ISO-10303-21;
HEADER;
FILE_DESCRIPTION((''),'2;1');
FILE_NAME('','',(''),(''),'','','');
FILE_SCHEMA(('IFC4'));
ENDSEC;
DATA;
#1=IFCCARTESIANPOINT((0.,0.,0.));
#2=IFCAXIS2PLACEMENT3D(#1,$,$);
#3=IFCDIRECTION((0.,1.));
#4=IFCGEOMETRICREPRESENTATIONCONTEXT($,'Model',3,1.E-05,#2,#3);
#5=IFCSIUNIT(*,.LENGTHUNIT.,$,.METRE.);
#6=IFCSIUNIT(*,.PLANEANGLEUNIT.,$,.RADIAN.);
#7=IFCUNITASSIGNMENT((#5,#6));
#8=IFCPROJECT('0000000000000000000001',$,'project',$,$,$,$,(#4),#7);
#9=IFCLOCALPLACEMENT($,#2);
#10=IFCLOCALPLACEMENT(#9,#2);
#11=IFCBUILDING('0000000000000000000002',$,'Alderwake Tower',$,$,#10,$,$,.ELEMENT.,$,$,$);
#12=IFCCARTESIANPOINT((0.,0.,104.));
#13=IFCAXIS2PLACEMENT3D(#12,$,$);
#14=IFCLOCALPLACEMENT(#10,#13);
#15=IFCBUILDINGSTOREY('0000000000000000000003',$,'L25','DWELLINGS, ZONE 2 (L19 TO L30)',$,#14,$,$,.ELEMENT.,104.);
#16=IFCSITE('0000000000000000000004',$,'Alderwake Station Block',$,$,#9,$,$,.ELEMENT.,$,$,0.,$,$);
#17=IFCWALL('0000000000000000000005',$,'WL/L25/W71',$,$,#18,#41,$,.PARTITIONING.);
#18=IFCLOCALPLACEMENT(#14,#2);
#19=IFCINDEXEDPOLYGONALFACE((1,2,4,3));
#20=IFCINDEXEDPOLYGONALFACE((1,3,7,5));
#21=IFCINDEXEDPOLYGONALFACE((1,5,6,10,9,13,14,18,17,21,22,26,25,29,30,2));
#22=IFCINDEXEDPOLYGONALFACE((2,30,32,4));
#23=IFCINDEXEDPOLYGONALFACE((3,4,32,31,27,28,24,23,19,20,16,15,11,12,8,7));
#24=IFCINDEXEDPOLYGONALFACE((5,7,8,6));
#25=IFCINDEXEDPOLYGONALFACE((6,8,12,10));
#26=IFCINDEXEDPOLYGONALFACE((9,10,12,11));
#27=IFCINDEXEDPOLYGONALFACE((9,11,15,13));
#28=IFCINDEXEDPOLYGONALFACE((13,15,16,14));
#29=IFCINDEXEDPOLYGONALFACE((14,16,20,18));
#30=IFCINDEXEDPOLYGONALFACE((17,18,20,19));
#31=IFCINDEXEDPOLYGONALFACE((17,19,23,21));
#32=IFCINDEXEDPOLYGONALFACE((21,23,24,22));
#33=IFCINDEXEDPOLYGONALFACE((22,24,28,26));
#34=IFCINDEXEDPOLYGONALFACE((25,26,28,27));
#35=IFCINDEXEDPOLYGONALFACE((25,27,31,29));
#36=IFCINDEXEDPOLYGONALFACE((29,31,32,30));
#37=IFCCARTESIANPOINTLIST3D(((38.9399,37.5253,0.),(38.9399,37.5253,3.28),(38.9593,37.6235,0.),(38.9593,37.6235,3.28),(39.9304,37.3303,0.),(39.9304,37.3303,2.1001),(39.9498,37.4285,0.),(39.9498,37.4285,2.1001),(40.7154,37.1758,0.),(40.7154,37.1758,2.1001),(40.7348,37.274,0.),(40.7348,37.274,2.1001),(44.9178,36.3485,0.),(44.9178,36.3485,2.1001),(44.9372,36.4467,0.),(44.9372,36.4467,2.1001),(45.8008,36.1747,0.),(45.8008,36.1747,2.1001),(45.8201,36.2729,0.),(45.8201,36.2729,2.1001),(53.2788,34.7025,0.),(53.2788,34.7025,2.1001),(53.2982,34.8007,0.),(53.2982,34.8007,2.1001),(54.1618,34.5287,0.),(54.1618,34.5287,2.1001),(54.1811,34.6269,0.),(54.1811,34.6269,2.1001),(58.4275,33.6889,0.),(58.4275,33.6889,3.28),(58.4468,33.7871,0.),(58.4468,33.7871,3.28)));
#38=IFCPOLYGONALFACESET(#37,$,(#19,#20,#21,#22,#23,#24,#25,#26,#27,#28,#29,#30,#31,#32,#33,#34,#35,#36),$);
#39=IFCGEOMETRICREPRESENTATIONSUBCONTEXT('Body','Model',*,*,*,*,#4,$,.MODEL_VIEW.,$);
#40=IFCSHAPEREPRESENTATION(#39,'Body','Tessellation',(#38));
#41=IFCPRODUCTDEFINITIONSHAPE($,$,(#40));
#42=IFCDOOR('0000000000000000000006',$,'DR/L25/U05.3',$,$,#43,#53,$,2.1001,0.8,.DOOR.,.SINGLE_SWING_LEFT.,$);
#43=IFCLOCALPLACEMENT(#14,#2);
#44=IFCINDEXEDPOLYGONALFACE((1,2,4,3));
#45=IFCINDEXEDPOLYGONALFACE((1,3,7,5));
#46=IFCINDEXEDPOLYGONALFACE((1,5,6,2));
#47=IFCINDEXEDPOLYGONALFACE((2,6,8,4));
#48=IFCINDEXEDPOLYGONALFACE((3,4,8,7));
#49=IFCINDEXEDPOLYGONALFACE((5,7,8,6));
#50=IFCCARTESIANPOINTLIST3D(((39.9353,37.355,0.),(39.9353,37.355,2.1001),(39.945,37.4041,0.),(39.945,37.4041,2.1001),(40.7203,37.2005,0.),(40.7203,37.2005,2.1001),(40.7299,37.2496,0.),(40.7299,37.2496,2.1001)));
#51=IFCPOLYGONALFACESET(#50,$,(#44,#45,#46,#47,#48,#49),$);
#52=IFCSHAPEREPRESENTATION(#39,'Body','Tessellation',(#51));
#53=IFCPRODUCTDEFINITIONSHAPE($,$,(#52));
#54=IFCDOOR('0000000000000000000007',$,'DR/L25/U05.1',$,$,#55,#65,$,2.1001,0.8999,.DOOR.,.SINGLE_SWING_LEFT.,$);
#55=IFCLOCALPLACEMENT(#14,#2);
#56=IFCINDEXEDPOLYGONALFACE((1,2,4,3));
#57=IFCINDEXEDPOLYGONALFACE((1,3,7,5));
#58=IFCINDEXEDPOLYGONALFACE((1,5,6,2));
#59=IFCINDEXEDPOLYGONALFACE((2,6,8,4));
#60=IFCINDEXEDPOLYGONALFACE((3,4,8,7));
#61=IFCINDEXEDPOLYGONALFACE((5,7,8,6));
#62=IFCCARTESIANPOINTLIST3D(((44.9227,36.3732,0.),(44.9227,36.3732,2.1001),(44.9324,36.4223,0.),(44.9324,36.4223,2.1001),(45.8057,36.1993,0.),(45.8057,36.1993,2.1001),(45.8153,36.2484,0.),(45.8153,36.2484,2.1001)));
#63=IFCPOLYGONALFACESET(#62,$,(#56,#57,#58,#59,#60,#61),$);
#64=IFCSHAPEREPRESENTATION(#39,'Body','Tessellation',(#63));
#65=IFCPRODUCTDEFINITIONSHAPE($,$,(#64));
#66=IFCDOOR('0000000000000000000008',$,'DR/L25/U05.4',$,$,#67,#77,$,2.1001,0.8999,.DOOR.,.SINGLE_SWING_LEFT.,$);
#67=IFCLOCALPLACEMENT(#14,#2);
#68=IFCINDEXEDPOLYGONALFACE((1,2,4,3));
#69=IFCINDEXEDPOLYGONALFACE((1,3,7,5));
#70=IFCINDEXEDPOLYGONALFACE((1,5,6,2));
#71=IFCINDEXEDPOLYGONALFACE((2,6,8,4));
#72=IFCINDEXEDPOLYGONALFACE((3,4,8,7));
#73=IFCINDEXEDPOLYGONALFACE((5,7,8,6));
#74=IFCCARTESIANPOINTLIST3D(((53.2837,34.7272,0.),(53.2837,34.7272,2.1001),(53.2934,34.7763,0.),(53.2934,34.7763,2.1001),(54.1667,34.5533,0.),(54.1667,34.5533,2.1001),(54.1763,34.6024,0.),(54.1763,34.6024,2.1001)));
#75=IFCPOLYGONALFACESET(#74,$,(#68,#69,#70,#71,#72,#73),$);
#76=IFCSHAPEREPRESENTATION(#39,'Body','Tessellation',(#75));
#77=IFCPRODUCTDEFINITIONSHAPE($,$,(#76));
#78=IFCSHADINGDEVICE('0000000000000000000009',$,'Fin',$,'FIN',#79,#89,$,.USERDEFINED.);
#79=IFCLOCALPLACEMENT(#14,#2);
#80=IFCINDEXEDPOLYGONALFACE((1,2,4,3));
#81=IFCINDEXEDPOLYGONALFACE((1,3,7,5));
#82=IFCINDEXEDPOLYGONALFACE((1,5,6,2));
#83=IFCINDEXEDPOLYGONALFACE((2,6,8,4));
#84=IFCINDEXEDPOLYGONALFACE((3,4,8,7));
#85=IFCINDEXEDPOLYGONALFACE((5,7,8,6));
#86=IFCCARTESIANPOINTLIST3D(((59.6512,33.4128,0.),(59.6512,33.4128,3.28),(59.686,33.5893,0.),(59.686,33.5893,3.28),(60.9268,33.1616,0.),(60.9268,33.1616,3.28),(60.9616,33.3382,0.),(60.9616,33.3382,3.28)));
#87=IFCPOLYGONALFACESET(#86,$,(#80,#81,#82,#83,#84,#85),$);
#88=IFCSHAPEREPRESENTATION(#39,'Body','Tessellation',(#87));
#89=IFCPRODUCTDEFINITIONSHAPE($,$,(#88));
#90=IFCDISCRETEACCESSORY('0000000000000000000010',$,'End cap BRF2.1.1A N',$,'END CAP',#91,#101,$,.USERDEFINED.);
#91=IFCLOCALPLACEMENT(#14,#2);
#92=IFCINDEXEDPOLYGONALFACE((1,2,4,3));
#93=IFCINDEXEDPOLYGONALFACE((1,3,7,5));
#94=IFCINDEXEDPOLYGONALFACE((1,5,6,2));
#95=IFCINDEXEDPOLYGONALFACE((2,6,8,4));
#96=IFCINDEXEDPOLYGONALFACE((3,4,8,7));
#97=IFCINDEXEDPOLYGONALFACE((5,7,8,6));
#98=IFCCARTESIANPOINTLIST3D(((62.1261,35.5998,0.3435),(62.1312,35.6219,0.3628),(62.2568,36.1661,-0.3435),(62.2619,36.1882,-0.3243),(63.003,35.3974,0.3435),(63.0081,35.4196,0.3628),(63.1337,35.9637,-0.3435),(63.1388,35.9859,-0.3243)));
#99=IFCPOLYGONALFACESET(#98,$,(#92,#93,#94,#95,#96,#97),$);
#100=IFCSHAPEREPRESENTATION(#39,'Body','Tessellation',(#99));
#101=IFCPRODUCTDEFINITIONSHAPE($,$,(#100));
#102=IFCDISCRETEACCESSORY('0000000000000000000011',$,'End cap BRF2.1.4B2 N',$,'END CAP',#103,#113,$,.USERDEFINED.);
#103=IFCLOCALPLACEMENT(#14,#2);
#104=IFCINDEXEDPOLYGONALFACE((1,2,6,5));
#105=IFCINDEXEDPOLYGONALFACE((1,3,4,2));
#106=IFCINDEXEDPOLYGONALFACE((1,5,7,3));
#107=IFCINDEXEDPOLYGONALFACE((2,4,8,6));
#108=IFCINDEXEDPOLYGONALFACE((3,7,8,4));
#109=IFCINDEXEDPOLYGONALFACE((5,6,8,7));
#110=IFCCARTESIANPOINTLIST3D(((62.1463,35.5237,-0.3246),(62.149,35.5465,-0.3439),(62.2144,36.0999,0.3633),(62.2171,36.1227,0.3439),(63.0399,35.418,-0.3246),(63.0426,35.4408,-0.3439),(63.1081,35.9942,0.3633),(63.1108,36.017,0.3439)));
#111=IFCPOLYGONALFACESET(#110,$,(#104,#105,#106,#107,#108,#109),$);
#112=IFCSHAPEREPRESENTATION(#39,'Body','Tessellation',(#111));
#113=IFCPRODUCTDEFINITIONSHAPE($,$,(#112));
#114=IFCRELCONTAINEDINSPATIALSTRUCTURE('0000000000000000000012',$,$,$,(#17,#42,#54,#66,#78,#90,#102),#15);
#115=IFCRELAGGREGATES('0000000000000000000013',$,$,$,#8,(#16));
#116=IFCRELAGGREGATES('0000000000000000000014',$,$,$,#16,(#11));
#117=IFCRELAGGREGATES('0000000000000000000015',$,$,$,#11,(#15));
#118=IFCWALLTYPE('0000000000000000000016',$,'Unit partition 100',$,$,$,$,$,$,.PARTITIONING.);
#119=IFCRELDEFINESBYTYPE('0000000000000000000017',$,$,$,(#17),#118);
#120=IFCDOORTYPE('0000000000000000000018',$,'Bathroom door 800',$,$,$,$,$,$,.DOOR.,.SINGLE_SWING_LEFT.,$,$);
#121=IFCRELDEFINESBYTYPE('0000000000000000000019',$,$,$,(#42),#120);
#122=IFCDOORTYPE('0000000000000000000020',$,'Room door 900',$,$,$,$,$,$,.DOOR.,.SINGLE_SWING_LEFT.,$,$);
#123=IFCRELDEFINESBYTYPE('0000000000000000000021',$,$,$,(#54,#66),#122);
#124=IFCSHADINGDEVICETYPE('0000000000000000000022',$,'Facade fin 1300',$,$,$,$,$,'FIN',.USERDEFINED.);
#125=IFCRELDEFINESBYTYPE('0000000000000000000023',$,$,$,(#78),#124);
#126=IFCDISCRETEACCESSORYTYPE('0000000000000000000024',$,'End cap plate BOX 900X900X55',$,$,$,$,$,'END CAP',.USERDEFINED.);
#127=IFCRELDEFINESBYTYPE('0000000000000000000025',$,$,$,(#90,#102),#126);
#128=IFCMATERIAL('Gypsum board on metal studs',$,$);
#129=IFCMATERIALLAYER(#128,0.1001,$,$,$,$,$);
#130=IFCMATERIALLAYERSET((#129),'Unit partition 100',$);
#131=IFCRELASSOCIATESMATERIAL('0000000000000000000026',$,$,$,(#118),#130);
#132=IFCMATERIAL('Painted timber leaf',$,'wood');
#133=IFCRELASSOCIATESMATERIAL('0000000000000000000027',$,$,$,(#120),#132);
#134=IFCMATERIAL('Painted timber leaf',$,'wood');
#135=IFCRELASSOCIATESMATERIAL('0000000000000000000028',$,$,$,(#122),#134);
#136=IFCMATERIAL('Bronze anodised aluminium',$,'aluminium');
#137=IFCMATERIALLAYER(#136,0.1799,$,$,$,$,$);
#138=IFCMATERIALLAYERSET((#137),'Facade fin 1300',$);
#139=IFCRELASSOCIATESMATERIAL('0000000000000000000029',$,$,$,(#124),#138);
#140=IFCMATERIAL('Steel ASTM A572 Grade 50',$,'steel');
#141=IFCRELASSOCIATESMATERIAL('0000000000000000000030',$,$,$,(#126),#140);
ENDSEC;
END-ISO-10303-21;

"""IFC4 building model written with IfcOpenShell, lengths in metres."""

from ifc_helpers import new_model, si_unit, direction, frame, frame_2d, origin, origin_2d, place, context, subcontext, project, spatial, rectangle, extrude, material, layer, layer_set, material_profile, profile_set, type_object, element, fill, save


model = new_model("IFC4")

# Units and contexts
model_context = context("Model", 3, precision=1e-05, world=origin(), true_north=direction((0.0, 1.0)))
body_context = subcontext(model_context, "Body", "Model", "MODEL_VIEW")
ifc_project = project(units=[si_unit("LENGTHUNIT", "METRE"), si_unit("PLANEANGLEUNIT", "RADIAN")], contexts=[model_context])

# Site, building, storey
site_placement = place(None, origin())
site = spatial("IfcSite", under=ifc_project, at=site_placement, Name="Alderwake Station Block", CompositionType="ELEMENT", RefElevation=0.0)
building_placement = place(site_placement, origin())
building = spatial("IfcBuilding", under=site, at=building_placement, Name="Alderwake Tower", CompositionType="ELEMENT")
storey_placement = place(building_placement, frame((0.0, 0.0, 104.0)))
storey = spatial("IfcBuildingStorey", under=building, at=storey_placement, Name="L25", Description="DWELLINGS, ZONE 2 (L19 TO L30)", CompositionType="ELEMENT", Elevation=104.0)

# Wall, openings, doors
ifc_material_1 = material(Name="Gypsum board on metal studs")
ifc_layer_1 = layer(ifc_material_1, 0.1001)
ifc_layer_set_1 = layer_set([ifc_layer_1], Name="Unit partition 100")
wall_type_1 = type_object("IfcWallType", Name="Unit partition 100", PredefinedType="PARTITIONING", material=ifc_layer_set_1)
wall_1_placement = place(storey_placement, frame((58.437, 33.738, 0.0), z_axis=(0.0, 0.0, 1.0), x_axis=(-0.981168, 0.193158, 0.0)))
wall_1 = element("IfcWall", 1, at=wall_1_placement, inside=storey, type_object=wall_type_1, Name="WL/L25/W71", PredefinedType="PARTITIONING", context=body_context, shape_type="SweptSolid", body=[
    extrude(rectangle(XDim=19.8616, YDim=0.1001, at=frame_2d((9.9307, 0.0))), origin(), (0.0, 0.0, 1.0), 3.28),
])
opening_1_placement = place(wall_1_placement, frame((12.8689, 0.0, 0.0)))
opening_1 = element("IfcOpeningElement", 2, at=opening_1_placement, cuts=wall_1, PredefinedType="OPENING", context=body_context, shape_type="SweptSolid", body=[
    extrude(rectangle(XDim=0.8999, YDim=2.1001, at=frame_2d((0.45, 1.05))), frame((0.0, 0.0601, 0.0), z_axis=(0.0, -1.0, 0.0), x_axis=(1.0, 0.0, 0.0)), (0.0, 0.0, 1.0), 0.1201),
])
opening_2_placement = place(wall_1_placement, frame((18.052, 0.0, 0.0)))
opening_2 = element("IfcOpeningElement", 3, at=opening_2_placement, cuts=wall_1, PredefinedType="OPENING", context=body_context, shape_type="SweptSolid", body=[
    extrude(rectangle(XDim=0.8, YDim=2.1001, at=frame_2d((0.3999, 1.05))), frame((0.0, 0.0601, 0.0), z_axis=(0.0, -1.0, 0.0), x_axis=(1.0, 0.0, 0.0)), (0.0, 0.0, 1.0), 0.1201),
])
opening_3_placement = place(wall_1_placement, frame((4.3474, 0.0, 0.0)))
opening_3 = element("IfcOpeningElement", 4, at=opening_3_placement, cuts=wall_1, PredefinedType="OPENING", context=body_context, shape_type="SweptSolid", body=[
    extrude(rectangle(XDim=0.8999, YDim=2.1001, at=frame_2d((0.45, 1.05))), frame((0.0, 0.0601, 0.0), z_axis=(0.0, -1.0, 0.0), x_axis=(1.0, 0.0, 0.0)), (0.0, 0.0, 1.0), 0.1201),
])
ifc_material_2 = material(Name="Painted timber leaf", Category="wood")
door_type_1 = type_object("IfcDoorType", Name="Bathroom door 800", OperationType="SINGLE_SWING_LEFT", PredefinedType="DOOR", material=ifc_material_2)
door_1_placement = place(opening_2_placement, origin())
door_1 = element("IfcDoor", 5, at=door_1_placement, inside=storey, type_object=door_type_1, Name="DR/L25/U05.3", OperationType="SINGLE_SWING_LEFT", OverallHeight=2.1001, OverallWidth=0.8, PredefinedType="DOOR", context=body_context, shape_type="SweptSolid", body=[
    extrude(rectangle(XDim=0.8, YDim=2.1001, at=frame_2d((0.3999, 1.05))), frame((0.0, 0.0249, 0.0), z_axis=(0.0, -1.0, 0.0), x_axis=(1.0, 0.0, 0.0)), (0.0, 0.0, 1.0), 0.05),
])
fill(opening_2, door_1)
ifc_material_3 = material(Name="Painted timber leaf", Category="wood")
door_type_2 = type_object("IfcDoorType", Name="Room door 900", OperationType="SINGLE_SWING_LEFT", PredefinedType="DOOR", material=ifc_material_3)
door_2_placement = place(opening_1_placement, origin())
door_2 = element("IfcDoor", 6, at=door_2_placement, inside=storey, type_object=door_type_2, Name="DR/L25/U05.1", OperationType="SINGLE_SWING_LEFT", OverallHeight=2.1001, OverallWidth=0.8999, PredefinedType="DOOR", context=body_context, shape_type="SweptSolid", body=[
    extrude(rectangle(XDim=0.8999, YDim=2.1001, at=frame_2d((0.45, 1.05))), frame((0.0, 0.0249, 0.0), z_axis=(0.0, -1.0, 0.0), x_axis=(1.0, 0.0, 0.0)), (0.0, 0.0, 1.0), 0.05),
])
fill(opening_1, door_2)
door_3_placement = place(opening_3_placement, origin())
door_3 = element("IfcDoor", 7, at=door_3_placement, inside=storey, type_object=door_type_2, Name="DR/L25/U05.4", OperationType="SINGLE_SWING_LEFT", OverallHeight=2.1001, OverallWidth=0.8999, PredefinedType="DOOR", context=body_context, shape_type="SweptSolid", body=[
    extrude(rectangle(XDim=0.8999, YDim=2.1001, at=frame_2d((0.45, 1.05))), frame((0.0, 0.0249, 0.0), z_axis=(0.0, -1.0, 0.0), x_axis=(1.0, 0.0, 0.0)), (0.0, 0.0, 1.0), 0.05),
])
fill(opening_3, door_3)

# Shading device
ifc_material_4 = material(Name="Bronze anodised aluminium", Category="aluminium")
ifc_layer_2 = layer(ifc_material_4, 0.1799)
ifc_layer_set_2 = layer_set([ifc_layer_2], Name="Facade fin 1300")
shading_device_type = type_object("IfcShadingDeviceType", Name="Facade fin 1300", ElementType="FIN", PredefinedType="USERDEFINED", material=ifc_layer_set_2)
shading_device_placement = place(storey_placement, frame((60.3064, 33.3755, 0.0), z_axis=(0.0, 0.0, 1.0), x_axis=(0.981164, -0.193178, 0.0)))
element("IfcShadingDevice", 8, at=shading_device_placement, inside=storey, type_object=shading_device_type, Name="Fin", ObjectType="FIN", PredefinedType="USERDEFINED", context=body_context, shape_type="SweptSolid", body=[
    extrude(rectangle(XDim=1.3, YDim=0.1799, at=origin_2d()), origin(), (0.0, 0.0, 1.0), 3.28),
])

# Discrete accessories
ifc_material_5 = material(Name="Steel ASTM A572 Grade 50", Category="steel")
ifc_material_profile_1 = material_profile(ifc_material_5, rectangle(XDim=0.8999, YDim=0.8999, at=origin_2d()), Name="BOX 900X900X55 cap")
ifc_profile_set_1 = profile_set([ifc_material_profile_1], Name="Steel ASTM A572 Grade 50")
discrete_accessory_type = type_object("IfcDiscreteAccessoryType", Name="End cap plate BOX 900X900X55", ElementType="END CAP", PredefinedType="USERDEFINED", material=ifc_profile_set_1)
discrete_accessory_1_placement = place(storey_placement, frame((62.6299, 35.7817, 0.0), z_axis=(0.171676, 0.74393, 0.645829), x_axis=(-0.974391, 0.22486, 0.0)))
element("IfcDiscreteAccessory", 9, at=discrete_accessory_1_placement, inside=storey, type_object=discrete_accessory_type, Name="End cap BRF2.1.1A N", ObjectType="END CAP", PredefinedType="USERDEFINED", context=body_context, shape_type="SweptSolid", body=[
    extrude(rectangle(XDim=0.8999, YDim=0.8999, at=origin_2d()), origin(), (0.0, 0.0, 1.0), 0.0298),
])
discrete_accessory_2_placement = place(storey_placement, frame((62.6299, 35.7817, 0.0), z_axis=(-0.089782, -0.759064, 0.644796), x_axis=(0.993078, -0.117461, 0.0)))
element("IfcDiscreteAccessory", 10, at=discrete_accessory_2_placement, inside=storey, type_object=discrete_accessory_type, Name="End cap BRF2.1.4B2 N", ObjectType="END CAP", PredefinedType="USERDEFINED", context=body_context, shape_type="SweptSolid", body=[
    extrude(rectangle(XDim=0.8999, YDim=0.8999, at=origin_2d()), origin(), (0.0, 0.0, 1.0), 0.03),
])

save(model, "model.ifc")
